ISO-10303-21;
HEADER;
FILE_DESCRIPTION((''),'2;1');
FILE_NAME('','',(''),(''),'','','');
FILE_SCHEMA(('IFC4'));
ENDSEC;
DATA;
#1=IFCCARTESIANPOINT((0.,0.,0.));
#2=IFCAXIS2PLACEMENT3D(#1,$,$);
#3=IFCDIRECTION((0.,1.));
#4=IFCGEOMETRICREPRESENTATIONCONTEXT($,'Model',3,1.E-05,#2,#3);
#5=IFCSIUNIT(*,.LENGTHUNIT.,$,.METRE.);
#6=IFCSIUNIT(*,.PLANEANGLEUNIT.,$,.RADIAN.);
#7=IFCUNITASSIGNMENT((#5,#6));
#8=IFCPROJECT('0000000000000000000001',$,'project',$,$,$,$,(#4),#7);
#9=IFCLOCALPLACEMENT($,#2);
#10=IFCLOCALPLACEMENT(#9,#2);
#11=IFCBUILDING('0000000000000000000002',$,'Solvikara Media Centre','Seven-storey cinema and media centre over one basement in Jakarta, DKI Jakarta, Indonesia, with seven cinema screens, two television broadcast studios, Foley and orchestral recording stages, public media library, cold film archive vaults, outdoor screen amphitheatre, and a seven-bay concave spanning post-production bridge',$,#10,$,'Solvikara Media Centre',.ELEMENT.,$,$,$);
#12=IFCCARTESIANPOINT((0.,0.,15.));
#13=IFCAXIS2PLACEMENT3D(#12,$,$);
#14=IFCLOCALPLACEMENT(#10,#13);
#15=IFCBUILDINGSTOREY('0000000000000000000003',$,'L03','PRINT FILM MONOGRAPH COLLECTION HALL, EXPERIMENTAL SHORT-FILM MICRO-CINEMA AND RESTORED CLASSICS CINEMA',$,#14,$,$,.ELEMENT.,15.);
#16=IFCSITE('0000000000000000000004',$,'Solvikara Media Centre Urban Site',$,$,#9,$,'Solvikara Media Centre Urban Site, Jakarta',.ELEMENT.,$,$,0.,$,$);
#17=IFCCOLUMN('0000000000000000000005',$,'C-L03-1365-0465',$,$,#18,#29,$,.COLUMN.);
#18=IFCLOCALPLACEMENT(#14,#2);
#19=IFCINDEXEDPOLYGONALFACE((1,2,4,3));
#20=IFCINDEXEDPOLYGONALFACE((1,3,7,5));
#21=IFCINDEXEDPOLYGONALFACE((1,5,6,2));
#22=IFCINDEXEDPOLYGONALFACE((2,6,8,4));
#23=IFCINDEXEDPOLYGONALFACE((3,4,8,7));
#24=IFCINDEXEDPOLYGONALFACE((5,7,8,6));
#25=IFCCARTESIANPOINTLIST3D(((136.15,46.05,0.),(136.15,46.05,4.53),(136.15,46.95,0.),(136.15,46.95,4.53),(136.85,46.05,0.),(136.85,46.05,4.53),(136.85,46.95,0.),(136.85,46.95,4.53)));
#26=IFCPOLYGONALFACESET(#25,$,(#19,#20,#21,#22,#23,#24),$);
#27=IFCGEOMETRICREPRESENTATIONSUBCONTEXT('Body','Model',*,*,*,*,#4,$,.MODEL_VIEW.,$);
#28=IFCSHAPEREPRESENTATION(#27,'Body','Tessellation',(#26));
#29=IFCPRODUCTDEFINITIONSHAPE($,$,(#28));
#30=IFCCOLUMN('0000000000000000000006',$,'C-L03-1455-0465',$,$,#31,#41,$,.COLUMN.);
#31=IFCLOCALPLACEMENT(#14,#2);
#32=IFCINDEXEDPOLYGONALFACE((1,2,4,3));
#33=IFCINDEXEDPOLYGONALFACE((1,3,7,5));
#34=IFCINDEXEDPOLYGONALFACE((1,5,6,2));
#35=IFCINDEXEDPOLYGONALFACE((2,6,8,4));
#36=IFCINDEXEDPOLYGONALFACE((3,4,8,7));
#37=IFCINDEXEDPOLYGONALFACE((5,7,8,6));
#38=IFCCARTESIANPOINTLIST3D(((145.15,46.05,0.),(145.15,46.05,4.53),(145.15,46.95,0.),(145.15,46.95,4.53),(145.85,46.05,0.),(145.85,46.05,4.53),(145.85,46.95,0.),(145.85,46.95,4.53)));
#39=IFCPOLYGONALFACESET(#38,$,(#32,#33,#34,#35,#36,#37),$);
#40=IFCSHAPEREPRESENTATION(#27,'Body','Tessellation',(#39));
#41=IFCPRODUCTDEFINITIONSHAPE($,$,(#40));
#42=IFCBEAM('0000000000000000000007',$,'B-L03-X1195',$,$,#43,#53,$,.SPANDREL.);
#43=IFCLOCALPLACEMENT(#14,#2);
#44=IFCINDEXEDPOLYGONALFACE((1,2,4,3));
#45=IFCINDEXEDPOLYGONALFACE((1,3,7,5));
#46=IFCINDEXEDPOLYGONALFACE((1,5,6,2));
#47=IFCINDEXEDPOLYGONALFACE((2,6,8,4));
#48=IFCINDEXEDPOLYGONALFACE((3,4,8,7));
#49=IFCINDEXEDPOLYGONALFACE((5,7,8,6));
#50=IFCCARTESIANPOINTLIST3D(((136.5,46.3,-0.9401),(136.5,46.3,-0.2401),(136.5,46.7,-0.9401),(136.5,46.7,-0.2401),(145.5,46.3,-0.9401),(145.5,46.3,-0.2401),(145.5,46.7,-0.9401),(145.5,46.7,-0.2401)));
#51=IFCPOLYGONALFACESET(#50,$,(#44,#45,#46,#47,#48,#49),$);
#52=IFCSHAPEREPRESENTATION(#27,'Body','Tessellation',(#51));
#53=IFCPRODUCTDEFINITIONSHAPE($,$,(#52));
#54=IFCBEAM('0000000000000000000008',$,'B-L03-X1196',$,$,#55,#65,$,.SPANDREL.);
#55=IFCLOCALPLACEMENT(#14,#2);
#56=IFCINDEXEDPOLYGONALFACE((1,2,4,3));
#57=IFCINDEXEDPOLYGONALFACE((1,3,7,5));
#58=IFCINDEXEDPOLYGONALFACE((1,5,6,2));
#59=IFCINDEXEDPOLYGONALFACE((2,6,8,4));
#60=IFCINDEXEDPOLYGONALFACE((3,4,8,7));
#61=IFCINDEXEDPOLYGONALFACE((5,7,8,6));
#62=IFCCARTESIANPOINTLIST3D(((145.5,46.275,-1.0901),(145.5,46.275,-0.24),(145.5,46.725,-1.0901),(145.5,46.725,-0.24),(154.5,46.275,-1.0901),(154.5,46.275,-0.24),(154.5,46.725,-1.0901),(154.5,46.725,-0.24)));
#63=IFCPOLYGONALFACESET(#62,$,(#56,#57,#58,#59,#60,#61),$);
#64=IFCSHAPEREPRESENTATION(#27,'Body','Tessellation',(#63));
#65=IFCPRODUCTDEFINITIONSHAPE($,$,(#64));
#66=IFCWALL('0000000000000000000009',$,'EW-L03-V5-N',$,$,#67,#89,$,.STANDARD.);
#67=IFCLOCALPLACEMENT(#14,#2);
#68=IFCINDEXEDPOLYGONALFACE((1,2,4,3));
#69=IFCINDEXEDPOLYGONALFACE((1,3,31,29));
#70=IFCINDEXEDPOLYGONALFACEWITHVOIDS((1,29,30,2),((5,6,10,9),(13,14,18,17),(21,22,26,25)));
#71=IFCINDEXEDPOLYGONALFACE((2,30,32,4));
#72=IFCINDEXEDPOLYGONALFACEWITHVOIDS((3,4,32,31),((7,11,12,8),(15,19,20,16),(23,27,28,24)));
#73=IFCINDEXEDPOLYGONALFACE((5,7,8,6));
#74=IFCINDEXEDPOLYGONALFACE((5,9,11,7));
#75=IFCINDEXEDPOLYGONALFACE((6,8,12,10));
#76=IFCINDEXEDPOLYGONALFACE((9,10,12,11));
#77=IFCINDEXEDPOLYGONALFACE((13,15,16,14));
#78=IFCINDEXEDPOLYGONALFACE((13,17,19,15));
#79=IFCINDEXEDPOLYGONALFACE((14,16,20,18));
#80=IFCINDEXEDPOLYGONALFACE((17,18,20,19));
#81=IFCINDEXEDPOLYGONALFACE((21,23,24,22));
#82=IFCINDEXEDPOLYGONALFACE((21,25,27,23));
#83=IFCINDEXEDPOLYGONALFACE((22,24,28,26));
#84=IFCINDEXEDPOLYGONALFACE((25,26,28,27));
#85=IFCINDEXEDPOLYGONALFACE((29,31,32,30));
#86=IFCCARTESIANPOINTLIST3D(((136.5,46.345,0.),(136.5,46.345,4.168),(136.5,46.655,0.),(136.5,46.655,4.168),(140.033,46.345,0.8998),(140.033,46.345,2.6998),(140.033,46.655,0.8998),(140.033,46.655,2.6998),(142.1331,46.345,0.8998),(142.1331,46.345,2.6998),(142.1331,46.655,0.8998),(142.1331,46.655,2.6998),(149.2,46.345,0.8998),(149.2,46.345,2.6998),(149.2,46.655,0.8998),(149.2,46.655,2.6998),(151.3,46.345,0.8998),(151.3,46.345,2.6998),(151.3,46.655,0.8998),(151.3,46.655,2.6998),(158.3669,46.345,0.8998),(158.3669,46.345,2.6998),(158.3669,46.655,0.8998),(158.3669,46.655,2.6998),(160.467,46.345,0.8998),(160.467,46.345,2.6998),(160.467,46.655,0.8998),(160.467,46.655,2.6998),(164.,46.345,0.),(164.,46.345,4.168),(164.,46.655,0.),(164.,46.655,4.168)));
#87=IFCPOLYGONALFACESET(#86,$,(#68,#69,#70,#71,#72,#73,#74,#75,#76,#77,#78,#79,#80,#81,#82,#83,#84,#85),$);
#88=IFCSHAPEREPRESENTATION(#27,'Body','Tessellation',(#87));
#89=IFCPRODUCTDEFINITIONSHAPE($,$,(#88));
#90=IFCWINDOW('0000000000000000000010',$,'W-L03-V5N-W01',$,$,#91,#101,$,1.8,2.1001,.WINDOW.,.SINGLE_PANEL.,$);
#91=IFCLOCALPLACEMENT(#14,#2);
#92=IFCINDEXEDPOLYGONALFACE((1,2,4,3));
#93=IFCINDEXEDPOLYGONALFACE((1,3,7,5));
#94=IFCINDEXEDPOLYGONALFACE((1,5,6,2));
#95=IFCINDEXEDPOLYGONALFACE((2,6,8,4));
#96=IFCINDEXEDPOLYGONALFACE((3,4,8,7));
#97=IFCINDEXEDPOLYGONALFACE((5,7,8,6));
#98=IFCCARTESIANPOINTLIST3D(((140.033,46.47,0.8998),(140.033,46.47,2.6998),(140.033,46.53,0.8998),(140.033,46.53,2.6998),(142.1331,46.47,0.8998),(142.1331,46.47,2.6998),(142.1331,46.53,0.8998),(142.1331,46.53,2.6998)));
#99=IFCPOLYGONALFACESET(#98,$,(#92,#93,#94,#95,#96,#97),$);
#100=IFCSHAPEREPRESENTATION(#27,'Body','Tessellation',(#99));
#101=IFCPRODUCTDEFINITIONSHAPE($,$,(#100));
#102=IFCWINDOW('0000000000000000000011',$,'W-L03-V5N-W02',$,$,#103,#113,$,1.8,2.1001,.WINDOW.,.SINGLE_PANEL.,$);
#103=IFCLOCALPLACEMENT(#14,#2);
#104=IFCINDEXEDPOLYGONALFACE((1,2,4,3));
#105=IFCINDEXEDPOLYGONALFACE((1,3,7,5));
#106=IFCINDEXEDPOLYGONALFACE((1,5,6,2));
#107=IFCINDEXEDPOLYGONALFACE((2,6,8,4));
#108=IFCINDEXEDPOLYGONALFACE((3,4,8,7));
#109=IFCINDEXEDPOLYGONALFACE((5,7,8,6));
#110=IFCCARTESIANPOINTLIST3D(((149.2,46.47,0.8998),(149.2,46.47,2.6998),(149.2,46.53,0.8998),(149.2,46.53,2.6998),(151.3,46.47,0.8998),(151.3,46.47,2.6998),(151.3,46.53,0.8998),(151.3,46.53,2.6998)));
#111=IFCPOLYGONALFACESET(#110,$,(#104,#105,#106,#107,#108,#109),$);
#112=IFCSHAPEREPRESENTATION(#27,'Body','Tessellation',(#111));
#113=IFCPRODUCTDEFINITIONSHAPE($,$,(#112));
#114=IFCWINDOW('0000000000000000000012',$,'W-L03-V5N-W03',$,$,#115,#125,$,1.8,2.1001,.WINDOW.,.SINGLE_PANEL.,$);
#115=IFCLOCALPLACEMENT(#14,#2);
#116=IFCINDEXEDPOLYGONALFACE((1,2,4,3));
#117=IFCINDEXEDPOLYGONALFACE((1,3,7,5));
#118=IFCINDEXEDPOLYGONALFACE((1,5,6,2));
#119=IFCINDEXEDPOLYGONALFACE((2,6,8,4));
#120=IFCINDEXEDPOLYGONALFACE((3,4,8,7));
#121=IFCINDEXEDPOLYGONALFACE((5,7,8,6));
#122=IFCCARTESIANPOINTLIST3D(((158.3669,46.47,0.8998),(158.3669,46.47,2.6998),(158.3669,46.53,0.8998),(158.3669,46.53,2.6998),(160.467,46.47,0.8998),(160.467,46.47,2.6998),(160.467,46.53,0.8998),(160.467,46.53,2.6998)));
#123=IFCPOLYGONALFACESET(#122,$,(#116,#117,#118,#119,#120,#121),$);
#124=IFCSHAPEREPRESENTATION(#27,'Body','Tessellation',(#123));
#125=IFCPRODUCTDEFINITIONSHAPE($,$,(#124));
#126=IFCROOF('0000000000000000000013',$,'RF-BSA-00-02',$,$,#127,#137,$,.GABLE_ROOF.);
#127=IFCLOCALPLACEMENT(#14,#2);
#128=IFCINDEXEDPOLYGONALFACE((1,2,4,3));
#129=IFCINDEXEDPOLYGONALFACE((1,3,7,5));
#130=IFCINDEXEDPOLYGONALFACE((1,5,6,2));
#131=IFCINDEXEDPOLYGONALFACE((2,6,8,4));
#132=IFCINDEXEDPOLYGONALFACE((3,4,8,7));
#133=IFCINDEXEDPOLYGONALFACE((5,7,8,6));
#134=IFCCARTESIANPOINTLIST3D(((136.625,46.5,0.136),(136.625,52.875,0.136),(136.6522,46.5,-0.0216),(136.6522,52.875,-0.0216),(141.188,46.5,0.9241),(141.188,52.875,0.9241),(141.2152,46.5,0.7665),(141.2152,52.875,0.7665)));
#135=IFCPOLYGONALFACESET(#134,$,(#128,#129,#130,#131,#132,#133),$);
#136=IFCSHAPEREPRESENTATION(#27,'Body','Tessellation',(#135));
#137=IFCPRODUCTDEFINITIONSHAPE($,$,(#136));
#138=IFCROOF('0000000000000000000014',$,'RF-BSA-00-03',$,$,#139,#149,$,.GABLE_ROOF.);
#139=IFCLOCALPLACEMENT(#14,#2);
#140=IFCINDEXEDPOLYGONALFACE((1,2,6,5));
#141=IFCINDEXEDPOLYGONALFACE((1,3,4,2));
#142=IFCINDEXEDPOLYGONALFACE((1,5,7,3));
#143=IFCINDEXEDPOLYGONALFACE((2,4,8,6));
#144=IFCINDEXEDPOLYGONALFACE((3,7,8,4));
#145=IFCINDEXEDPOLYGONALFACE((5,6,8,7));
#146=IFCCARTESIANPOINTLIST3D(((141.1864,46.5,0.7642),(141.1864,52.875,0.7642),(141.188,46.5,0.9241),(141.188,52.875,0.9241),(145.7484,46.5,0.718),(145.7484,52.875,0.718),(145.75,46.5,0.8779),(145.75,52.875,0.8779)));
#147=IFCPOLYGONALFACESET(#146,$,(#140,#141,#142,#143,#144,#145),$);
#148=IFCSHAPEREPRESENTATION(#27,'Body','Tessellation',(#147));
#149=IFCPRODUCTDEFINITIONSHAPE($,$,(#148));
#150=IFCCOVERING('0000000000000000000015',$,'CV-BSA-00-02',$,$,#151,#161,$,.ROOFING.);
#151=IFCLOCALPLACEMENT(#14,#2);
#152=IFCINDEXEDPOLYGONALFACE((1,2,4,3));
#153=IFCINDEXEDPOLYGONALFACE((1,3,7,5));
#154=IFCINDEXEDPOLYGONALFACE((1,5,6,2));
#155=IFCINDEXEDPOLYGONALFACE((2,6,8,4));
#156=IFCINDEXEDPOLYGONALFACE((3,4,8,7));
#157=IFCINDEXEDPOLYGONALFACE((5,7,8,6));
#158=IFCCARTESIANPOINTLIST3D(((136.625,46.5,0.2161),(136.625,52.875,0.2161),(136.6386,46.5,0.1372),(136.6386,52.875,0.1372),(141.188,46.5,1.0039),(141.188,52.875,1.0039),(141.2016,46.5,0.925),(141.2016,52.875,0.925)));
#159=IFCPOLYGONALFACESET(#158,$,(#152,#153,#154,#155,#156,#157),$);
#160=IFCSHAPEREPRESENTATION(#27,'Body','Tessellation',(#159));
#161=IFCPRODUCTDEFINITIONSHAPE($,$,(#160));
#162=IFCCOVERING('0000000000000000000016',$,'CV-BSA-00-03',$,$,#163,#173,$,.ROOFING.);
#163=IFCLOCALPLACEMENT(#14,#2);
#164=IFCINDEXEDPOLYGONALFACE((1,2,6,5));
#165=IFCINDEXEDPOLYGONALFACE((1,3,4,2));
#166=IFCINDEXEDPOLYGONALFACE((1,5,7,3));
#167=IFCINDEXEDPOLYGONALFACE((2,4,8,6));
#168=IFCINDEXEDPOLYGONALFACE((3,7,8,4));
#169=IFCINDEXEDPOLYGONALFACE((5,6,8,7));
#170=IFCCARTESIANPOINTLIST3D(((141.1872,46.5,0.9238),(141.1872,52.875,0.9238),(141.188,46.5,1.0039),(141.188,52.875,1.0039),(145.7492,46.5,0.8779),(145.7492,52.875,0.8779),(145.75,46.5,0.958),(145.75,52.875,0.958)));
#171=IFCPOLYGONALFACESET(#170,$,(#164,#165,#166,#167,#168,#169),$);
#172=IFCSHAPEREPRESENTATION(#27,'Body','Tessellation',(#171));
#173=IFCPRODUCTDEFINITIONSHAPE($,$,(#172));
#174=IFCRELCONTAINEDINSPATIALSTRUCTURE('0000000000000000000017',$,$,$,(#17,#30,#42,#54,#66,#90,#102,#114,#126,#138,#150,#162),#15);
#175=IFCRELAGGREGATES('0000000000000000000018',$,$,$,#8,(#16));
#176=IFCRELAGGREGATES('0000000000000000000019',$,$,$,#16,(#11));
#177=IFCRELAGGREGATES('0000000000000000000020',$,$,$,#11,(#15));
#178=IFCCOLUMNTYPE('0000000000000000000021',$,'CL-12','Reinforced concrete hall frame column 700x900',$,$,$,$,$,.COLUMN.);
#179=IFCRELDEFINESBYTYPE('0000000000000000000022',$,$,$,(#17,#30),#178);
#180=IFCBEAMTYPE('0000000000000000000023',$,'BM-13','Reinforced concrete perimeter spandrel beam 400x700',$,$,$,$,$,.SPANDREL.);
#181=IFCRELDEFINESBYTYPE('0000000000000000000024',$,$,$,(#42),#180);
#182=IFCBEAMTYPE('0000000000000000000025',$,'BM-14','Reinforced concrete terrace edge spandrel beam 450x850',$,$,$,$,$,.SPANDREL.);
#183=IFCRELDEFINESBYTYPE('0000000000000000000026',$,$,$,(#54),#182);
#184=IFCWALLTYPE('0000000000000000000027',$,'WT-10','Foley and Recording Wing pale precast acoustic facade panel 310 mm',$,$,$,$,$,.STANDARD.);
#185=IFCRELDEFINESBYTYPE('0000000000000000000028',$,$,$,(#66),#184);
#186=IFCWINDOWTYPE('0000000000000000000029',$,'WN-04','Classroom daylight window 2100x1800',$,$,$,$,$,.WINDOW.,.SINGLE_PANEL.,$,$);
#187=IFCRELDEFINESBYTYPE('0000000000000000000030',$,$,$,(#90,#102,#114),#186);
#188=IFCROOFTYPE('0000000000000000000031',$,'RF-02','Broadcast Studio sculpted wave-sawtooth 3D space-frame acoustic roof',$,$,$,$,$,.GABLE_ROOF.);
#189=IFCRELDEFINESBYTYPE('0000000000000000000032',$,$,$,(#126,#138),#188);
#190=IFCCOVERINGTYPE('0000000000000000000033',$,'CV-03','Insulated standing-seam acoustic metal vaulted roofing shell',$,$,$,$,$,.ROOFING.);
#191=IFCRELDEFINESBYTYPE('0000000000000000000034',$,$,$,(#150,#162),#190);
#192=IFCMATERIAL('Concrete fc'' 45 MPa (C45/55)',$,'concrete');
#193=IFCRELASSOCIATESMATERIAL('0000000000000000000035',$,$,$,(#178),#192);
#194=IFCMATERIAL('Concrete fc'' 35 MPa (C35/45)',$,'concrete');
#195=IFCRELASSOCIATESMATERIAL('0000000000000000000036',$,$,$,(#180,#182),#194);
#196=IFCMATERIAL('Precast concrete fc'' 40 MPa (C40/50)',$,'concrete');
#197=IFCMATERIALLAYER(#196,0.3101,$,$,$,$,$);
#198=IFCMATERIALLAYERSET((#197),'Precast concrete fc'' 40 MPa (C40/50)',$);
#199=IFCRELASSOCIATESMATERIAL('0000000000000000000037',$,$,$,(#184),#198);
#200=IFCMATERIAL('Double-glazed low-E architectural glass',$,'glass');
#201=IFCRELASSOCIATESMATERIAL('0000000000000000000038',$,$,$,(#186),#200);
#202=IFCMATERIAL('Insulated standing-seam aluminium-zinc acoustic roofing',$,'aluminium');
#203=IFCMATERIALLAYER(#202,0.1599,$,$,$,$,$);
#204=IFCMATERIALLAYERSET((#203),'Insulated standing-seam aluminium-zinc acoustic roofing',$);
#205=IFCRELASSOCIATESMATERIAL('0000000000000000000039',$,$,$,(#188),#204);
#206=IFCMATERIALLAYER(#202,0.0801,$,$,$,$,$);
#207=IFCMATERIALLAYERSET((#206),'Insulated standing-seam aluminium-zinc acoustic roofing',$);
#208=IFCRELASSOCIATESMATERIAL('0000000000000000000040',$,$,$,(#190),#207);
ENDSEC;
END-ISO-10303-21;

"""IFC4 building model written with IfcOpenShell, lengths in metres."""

from ifc_helpers import new_model, si_unit, direction, frame, frame_2d, origin, origin_2d, place, context, subcontext, project, spatial, polyline, rectangle, outline, extrude, material, layer, layer_set, material_profile, profile_set, type_object, element, fill, save


model = new_model("IFC4")

# Units and contexts
model_context = context("Model", 3, precision=1e-05, world=origin(), true_north=direction((0.0, 1.0)))
body_context = subcontext(model_context, "Body", "Model", "MODEL_VIEW")
ifc_project = project(units=[si_unit("LENGTHUNIT", "METRE"), si_unit("PLANEANGLEUNIT", "RADIAN")], contexts=[model_context])

# Site, building, storey
site_placement = place(None, origin())
site = spatial("IfcSite", under=ifc_project, at=site_placement, Name="Solvikara Media Centre Urban Site", LongName="Solvikara Media Centre Urban Site, Jakarta", CompositionType="ELEMENT", RefElevation=0.0)
building_placement = place(site_placement, origin())
building = spatial("IfcBuilding", under=site, at=building_placement, Name="Solvikara Media Centre", Description="Seven-storey cinema and media centre over one basement in Jakarta, DKI Jakarta, Indonesia, with seven cinema screens, two television broadcast studios, Foley and orchestral recording stages, public media library, cold film archive vaults, outdoor screen amphitheatre, and a seven-bay concave spanning post-production bridge", LongName="Solvikara Media Centre", CompositionType="ELEMENT")
storey_placement = place(building_placement, frame((0.0, 0.0, 15.0)))
storey = spatial("IfcBuildingStorey", under=building, at=storey_placement, Name="L03", Description="PRINT FILM MONOGRAPH COLLECTION HALL, EXPERIMENTAL SHORT-FILM MICRO-CINEMA AND RESTORED CLASSICS CINEMA", CompositionType="ELEMENT", Elevation=15.0)

# Columns
ifc_material_1 = material(Name="Concrete fc' 45 MPa (C45/55)", Category="concrete")
ifc_material_profile_1 = material_profile(ifc_material_1, rectangle(XDim=0.7, YDim=0.8999, at=origin_2d()), Name="RC 700x900")
ifc_profile_set_1 = profile_set([ifc_material_profile_1], Name="Concrete fc' 45 MPa (C45/55)")
column_type = type_object("IfcColumnType", Name="CL-12", Description="Reinforced concrete hall frame column 700x900", PredefinedType="COLUMN", material=ifc_profile_set_1)
for number, where, z_axis, x_axis, name in (
    (1, (136.5, 46.5, 0.0), (0.0, 0.0, 1.0), (1.0, 0.0, 0.0), "C-L03-1365-0465"),
    (2, (145.5, 46.5, 0.0), (0.0, 0.0, 1.0), (1.0, 0.0, 0.0), "C-L03-1455-0465"),
):
    element("IfcColumn", number, at=place(storey_placement, frame(where, z_axis=z_axis, x_axis=x_axis)), inside=storey, type_object=column_type, Name=name, PredefinedType="COLUMN", context=body_context, shape_type="SweptSolid", body=[
        extrude(rectangle(XDim=0.7, YDim=0.8999, at=origin_2d()), origin(), (0.0, 0.0, 1.0), 4.53),
    ])

# Beams
ifc_material_2 = material(Name="Concrete fc' 35 MPa (C35/45)", Category="concrete")
ifc_material_profile_2 = material_profile(ifc_material_2, rectangle(XDim=0.3999, YDim=0.7, at=origin_2d()), Name="RC 400x700")
ifc_profile_set_2 = profile_set([ifc_material_profile_2], Name="Concrete fc' 35 MPa (C35/45)")
beam_type_1 = type_object("IfcBeamType", Name="BM-13", Description="Reinforced concrete perimeter spandrel beam 400x700", PredefinedType="SPANDREL", material=ifc_profile_set_2)
beam_1_placement = place(storey_placement, frame((136.5, 46.5, -0.5901), z_axis=(1.0, 0.0, 0.0), x_axis=(0.0, 1.0, 0.0)))
element("IfcBeam", 3, at=beam_1_placement, inside=storey, type_object=beam_type_1, Name="B-L03-X1195", PredefinedType="SPANDREL", context=body_context, shape_type="SweptSolid", body=[
    extrude(rectangle(XDim=0.3999, YDim=0.7, at=origin_2d()), origin(), (0.0, 0.0, 1.0), 9.0),
])
ifc_material_profile_3 = material_profile(ifc_material_2, rectangle(XDim=0.45, YDim=0.8501, at=origin_2d()), Name="RC 450x850")
ifc_profile_set_3 = profile_set([ifc_material_profile_3], Name="Concrete fc' 35 MPa (C35/45)")
beam_type_2 = type_object("IfcBeamType", Name="BM-14", Description="Reinforced concrete terrace edge spandrel beam 450x850", PredefinedType="SPANDREL", material=ifc_profile_set_3)
beam_2_placement = place(storey_placement, frame((145.5, 46.5, -0.665), z_axis=(1.0, 0.0, 0.0), x_axis=(0.0, 1.0, 0.0)))
element("IfcBeam", 4, at=beam_2_placement, inside=storey, type_object=beam_type_2, Name="B-L03-X1196", PredefinedType="SPANDREL", context=body_context, shape_type="SweptSolid", body=[
    extrude(rectangle(XDim=0.45, YDim=0.8501, at=origin_2d()), origin(), (0.0, 0.0, 1.0), 9.0),
])

# Wall, openings, windows
ifc_material_3 = material(Name="Precast concrete fc' 40 MPa (C40/50)", Category="concrete")
ifc_layer_1 = layer(ifc_material_3, 0.3101)
ifc_layer_set_1 = layer_set([ifc_layer_1], Name="Precast concrete fc' 40 MPa (C40/50)")
wall_type = type_object("IfcWallType", Name="WT-10", Description="Foley and Recording Wing pale precast acoustic facade panel 310 mm", PredefinedType="STANDARD", material=ifc_layer_set_1)
wall_placement = place(storey_placement, frame((136.5, 46.5, 0.0), z_axis=(0.0, 0.0, 1.0), x_axis=(1.0, 0.0, 0.0)))
wall = element("IfcWall", 5, at=wall_placement, inside=storey, type_object=wall_type, Name="EW-L03-V5-N", PredefinedType="STANDARD", context=body_context, shape_type="SweptSolid", body=[
    extrude(rectangle(XDim=27.5, YDim=0.3101, at=frame_2d((13.75, 0.0))), origin(), (0.0, 0.0, 1.0), 4.168),
])
opening_1_placement = place(wall_placement, frame((3.533, 0.0, 0.8999)))
opening_1 = element("IfcOpeningElement", 6, at=opening_1_placement, cuts=wall, PredefinedType="OPENING", context=body_context, shape_type="SweptSolid", body=[
    extrude(rectangle(XDim=2.1001, YDim=1.8, at=frame_2d((1.05, 0.8999))), frame((0.0, 0.167, 0.0), z_axis=(0.0, -1.0, 0.0), x_axis=(1.0, 0.0, 0.0)), (0.0, 0.0, 1.0), 0.334),
])
opening_2_placement = place(wall_placement, frame((12.7, 0.0, 0.8999)))
opening_2 = element("IfcOpeningElement", 7, at=opening_2_placement, cuts=wall, PredefinedType="OPENING", context=body_context, shape_type="SweptSolid", body=[
    extrude(rectangle(XDim=2.1001, YDim=1.8, at=frame_2d((1.05, 0.8999))), frame((0.0, 0.167, 0.0), z_axis=(0.0, -1.0, 0.0), x_axis=(1.0, 0.0, 0.0)), (0.0, 0.0, 1.0), 0.334),
])
opening_3_placement = place(wall_placement, frame((21.8669, 0.0, 0.8999)))
opening_3 = element("IfcOpeningElement", 8, at=opening_3_placement, cuts=wall, PredefinedType="OPENING", context=body_context, shape_type="SweptSolid", body=[
    extrude(rectangle(XDim=2.1001, YDim=1.8, at=frame_2d((1.05, 0.8999))), frame((0.0, 0.167, 0.0), z_axis=(0.0, -1.0, 0.0), x_axis=(1.0, 0.0, 0.0)), (0.0, 0.0, 1.0), 0.334),
])
ifc_material_4 = material(Name="Double-glazed low-E architectural glass", Category="glass")
window_type = type_object("IfcWindowType", Name="WN-04", Description="Classroom daylight window 2100x1800", PartitioningType="SINGLE_PANEL", PredefinedType="WINDOW", material=ifc_material_4)
window_1_placement = place(opening_1_placement, origin())
window_1 = element("IfcWindow", 9, at=window_1_placement, inside=storey, type_object=window_type, Name="W-L03-V5N-W01", OverallHeight=1.8, OverallWidth=2.1001, PartitioningType="SINGLE_PANEL", PredefinedType="WINDOW", context=body_context, shape_type="SweptSolid", body=[
    extrude(rectangle(XDim=2.1001, YDim=1.8, at=frame_2d((1.05, 0.8999))), frame((0.0, 0.03, 0.0), z_axis=(0.0, -1.0, 0.0), x_axis=(1.0, 0.0, 0.0)), (0.0, 0.0, 1.0), 0.0601),
])
fill(opening_1, window_1)
window_2_placement = place(opening_2_placement, origin())
window_2 = element("IfcWindow", 10, at=window_2_placement, inside=storey, type_object=window_type, Name="W-L03-V5N-W02", OverallHeight=1.8, OverallWidth=2.1001, PartitioningType="SINGLE_PANEL", PredefinedType="WINDOW", context=body_context, shape_type="SweptSolid", body=[
    extrude(rectangle(XDim=2.1001, YDim=1.8, at=frame_2d((1.05, 0.8999))), frame((0.0, 0.03, 0.0), z_axis=(0.0, -1.0, 0.0), x_axis=(1.0, 0.0, 0.0)), (0.0, 0.0, 1.0), 0.0601),
])
fill(opening_2, window_2)
window_3_placement = place(opening_3_placement, origin())
window_3 = element("IfcWindow", 11, at=window_3_placement, inside=storey, type_object=window_type, Name="W-L03-V5N-W03", OverallHeight=1.8, OverallWidth=2.1001, PartitioningType="SINGLE_PANEL", PredefinedType="WINDOW", context=body_context, shape_type="SweptSolid", body=[
    extrude(rectangle(XDim=2.1001, YDim=1.8, at=frame_2d((1.05, 0.8999))), frame((0.0, 0.03, 0.0), z_axis=(0.0, -1.0, 0.0), x_axis=(1.0, 0.0, 0.0)), (0.0, 0.0, 1.0), 0.0601),
])
fill(opening_3, window_3)

# Roofs
ifc_material_5 = material(Name="Insulated standing-seam aluminium-zinc acoustic roofing", Category="aluminium")
ifc_layer_2 = layer(ifc_material_5, 0.1599)
ifc_layer_set_2 = layer_set([ifc_layer_2], Name="Insulated standing-seam aluminium-zinc acoustic roofing")
roof_type = type_object("IfcRoofType", Name="RF-02", Description="Broadcast Studio sculpted wave-sawtooth 3D space-frame acoustic roof", PredefinedType="GABLE_ROOF", material=ifc_layer_set_2)
roof_1_placement = place(storey_placement, frame((136.625, 46.5, 0.136), z_axis=(-0.170193, 0.0, 0.985411), x_axis=(0.985411, 0.0, 0.170193)))
element("IfcRoof", 12, at=roof_1_placement, inside=storey, type_object=roof_type, Name="RF-BSA-00-02", PredefinedType="GABLE_ROOF", context=body_context, shape_type="SweptSolid", body=[
    extrude(outline(polyline([(0.0, 0.0), (4.6305, 0.0), (4.6305, 6.375), (0.0, 6.375), (0.0, 0.0)])), origin(), (0.0, 0.0, -1.0), 0.1599),
])
roof_2_placement = place(storey_placement, frame((141.188, 46.5, 0.9241), z_axis=(0.010114, 0.0, 0.999949), x_axis=(0.999949, 0.0, -0.010114)))
element("IfcRoof", 13, at=roof_2_placement, inside=storey, type_object=roof_type, Name="RF-BSA-00-03", PredefinedType="GABLE_ROOF", context=body_context, shape_type="SweptSolid", body=[
    extrude(outline(polyline([(0.0, 0.0), (4.5622, 0.0), (4.5622, 6.375), (0.0, 6.375), (0.0, 0.0)])), origin(), (0.0, 0.0, -1.0), 0.1599),
])

# Coverings
ifc_layer_3 = layer(ifc_material_5, 0.0801)
ifc_layer_set_3 = layer_set([ifc_layer_3], Name="Insulated standing-seam aluminium-zinc acoustic roofing")
covering_type_1 = type_object("IfcCoveringType", Name="CV-03", Description="Insulated standing-seam acoustic metal vaulted roofing shell", PredefinedType="ROOFING", material=ifc_layer_set_3)
covering_1_placement = place(storey_placement, frame((136.625, 46.5, 0.2161), z_axis=(-0.170142, 0.0, 0.98542), x_axis=(0.98542, 0.0, 0.170142)))
element("IfcCovering", 14, at=covering_1_placement, inside=storey, type_object=covering_type_1, Name="CV-BSA-00-02", PredefinedType="ROOFING", context=body_context, shape_type="SweptSolid", body=[
    extrude(outline(polyline([(0.0, 0.0), (4.6305, 0.0), (4.6305, 6.375), (0.0, 6.375), (0.0, 0.0)])), origin(), (0.0, 0.0, -1.0), 0.0801),
])
covering_2_placement = place(storey_placement, frame((141.188, 46.5, 1.0039), z_axis=(0.01006, 0.0, 0.999949), x_axis=(0.999949, 0.0, -0.01006)))
element("IfcCovering", 15, at=covering_2_placement, inside=storey, type_object=covering_type_1, Name="CV-BSA-00-03", PredefinedType="ROOFING", context=body_context, shape_type="SweptSolid", body=[
    extrude(outline(polyline([(0.0, 0.0), (4.5622, 0.0), (4.5622, 6.375), (0.0, 6.375), (0.0, 0.0)])), origin(), (0.0, 0.0, -1.0), 0.0801),
])

save(model, "model.ifc")
